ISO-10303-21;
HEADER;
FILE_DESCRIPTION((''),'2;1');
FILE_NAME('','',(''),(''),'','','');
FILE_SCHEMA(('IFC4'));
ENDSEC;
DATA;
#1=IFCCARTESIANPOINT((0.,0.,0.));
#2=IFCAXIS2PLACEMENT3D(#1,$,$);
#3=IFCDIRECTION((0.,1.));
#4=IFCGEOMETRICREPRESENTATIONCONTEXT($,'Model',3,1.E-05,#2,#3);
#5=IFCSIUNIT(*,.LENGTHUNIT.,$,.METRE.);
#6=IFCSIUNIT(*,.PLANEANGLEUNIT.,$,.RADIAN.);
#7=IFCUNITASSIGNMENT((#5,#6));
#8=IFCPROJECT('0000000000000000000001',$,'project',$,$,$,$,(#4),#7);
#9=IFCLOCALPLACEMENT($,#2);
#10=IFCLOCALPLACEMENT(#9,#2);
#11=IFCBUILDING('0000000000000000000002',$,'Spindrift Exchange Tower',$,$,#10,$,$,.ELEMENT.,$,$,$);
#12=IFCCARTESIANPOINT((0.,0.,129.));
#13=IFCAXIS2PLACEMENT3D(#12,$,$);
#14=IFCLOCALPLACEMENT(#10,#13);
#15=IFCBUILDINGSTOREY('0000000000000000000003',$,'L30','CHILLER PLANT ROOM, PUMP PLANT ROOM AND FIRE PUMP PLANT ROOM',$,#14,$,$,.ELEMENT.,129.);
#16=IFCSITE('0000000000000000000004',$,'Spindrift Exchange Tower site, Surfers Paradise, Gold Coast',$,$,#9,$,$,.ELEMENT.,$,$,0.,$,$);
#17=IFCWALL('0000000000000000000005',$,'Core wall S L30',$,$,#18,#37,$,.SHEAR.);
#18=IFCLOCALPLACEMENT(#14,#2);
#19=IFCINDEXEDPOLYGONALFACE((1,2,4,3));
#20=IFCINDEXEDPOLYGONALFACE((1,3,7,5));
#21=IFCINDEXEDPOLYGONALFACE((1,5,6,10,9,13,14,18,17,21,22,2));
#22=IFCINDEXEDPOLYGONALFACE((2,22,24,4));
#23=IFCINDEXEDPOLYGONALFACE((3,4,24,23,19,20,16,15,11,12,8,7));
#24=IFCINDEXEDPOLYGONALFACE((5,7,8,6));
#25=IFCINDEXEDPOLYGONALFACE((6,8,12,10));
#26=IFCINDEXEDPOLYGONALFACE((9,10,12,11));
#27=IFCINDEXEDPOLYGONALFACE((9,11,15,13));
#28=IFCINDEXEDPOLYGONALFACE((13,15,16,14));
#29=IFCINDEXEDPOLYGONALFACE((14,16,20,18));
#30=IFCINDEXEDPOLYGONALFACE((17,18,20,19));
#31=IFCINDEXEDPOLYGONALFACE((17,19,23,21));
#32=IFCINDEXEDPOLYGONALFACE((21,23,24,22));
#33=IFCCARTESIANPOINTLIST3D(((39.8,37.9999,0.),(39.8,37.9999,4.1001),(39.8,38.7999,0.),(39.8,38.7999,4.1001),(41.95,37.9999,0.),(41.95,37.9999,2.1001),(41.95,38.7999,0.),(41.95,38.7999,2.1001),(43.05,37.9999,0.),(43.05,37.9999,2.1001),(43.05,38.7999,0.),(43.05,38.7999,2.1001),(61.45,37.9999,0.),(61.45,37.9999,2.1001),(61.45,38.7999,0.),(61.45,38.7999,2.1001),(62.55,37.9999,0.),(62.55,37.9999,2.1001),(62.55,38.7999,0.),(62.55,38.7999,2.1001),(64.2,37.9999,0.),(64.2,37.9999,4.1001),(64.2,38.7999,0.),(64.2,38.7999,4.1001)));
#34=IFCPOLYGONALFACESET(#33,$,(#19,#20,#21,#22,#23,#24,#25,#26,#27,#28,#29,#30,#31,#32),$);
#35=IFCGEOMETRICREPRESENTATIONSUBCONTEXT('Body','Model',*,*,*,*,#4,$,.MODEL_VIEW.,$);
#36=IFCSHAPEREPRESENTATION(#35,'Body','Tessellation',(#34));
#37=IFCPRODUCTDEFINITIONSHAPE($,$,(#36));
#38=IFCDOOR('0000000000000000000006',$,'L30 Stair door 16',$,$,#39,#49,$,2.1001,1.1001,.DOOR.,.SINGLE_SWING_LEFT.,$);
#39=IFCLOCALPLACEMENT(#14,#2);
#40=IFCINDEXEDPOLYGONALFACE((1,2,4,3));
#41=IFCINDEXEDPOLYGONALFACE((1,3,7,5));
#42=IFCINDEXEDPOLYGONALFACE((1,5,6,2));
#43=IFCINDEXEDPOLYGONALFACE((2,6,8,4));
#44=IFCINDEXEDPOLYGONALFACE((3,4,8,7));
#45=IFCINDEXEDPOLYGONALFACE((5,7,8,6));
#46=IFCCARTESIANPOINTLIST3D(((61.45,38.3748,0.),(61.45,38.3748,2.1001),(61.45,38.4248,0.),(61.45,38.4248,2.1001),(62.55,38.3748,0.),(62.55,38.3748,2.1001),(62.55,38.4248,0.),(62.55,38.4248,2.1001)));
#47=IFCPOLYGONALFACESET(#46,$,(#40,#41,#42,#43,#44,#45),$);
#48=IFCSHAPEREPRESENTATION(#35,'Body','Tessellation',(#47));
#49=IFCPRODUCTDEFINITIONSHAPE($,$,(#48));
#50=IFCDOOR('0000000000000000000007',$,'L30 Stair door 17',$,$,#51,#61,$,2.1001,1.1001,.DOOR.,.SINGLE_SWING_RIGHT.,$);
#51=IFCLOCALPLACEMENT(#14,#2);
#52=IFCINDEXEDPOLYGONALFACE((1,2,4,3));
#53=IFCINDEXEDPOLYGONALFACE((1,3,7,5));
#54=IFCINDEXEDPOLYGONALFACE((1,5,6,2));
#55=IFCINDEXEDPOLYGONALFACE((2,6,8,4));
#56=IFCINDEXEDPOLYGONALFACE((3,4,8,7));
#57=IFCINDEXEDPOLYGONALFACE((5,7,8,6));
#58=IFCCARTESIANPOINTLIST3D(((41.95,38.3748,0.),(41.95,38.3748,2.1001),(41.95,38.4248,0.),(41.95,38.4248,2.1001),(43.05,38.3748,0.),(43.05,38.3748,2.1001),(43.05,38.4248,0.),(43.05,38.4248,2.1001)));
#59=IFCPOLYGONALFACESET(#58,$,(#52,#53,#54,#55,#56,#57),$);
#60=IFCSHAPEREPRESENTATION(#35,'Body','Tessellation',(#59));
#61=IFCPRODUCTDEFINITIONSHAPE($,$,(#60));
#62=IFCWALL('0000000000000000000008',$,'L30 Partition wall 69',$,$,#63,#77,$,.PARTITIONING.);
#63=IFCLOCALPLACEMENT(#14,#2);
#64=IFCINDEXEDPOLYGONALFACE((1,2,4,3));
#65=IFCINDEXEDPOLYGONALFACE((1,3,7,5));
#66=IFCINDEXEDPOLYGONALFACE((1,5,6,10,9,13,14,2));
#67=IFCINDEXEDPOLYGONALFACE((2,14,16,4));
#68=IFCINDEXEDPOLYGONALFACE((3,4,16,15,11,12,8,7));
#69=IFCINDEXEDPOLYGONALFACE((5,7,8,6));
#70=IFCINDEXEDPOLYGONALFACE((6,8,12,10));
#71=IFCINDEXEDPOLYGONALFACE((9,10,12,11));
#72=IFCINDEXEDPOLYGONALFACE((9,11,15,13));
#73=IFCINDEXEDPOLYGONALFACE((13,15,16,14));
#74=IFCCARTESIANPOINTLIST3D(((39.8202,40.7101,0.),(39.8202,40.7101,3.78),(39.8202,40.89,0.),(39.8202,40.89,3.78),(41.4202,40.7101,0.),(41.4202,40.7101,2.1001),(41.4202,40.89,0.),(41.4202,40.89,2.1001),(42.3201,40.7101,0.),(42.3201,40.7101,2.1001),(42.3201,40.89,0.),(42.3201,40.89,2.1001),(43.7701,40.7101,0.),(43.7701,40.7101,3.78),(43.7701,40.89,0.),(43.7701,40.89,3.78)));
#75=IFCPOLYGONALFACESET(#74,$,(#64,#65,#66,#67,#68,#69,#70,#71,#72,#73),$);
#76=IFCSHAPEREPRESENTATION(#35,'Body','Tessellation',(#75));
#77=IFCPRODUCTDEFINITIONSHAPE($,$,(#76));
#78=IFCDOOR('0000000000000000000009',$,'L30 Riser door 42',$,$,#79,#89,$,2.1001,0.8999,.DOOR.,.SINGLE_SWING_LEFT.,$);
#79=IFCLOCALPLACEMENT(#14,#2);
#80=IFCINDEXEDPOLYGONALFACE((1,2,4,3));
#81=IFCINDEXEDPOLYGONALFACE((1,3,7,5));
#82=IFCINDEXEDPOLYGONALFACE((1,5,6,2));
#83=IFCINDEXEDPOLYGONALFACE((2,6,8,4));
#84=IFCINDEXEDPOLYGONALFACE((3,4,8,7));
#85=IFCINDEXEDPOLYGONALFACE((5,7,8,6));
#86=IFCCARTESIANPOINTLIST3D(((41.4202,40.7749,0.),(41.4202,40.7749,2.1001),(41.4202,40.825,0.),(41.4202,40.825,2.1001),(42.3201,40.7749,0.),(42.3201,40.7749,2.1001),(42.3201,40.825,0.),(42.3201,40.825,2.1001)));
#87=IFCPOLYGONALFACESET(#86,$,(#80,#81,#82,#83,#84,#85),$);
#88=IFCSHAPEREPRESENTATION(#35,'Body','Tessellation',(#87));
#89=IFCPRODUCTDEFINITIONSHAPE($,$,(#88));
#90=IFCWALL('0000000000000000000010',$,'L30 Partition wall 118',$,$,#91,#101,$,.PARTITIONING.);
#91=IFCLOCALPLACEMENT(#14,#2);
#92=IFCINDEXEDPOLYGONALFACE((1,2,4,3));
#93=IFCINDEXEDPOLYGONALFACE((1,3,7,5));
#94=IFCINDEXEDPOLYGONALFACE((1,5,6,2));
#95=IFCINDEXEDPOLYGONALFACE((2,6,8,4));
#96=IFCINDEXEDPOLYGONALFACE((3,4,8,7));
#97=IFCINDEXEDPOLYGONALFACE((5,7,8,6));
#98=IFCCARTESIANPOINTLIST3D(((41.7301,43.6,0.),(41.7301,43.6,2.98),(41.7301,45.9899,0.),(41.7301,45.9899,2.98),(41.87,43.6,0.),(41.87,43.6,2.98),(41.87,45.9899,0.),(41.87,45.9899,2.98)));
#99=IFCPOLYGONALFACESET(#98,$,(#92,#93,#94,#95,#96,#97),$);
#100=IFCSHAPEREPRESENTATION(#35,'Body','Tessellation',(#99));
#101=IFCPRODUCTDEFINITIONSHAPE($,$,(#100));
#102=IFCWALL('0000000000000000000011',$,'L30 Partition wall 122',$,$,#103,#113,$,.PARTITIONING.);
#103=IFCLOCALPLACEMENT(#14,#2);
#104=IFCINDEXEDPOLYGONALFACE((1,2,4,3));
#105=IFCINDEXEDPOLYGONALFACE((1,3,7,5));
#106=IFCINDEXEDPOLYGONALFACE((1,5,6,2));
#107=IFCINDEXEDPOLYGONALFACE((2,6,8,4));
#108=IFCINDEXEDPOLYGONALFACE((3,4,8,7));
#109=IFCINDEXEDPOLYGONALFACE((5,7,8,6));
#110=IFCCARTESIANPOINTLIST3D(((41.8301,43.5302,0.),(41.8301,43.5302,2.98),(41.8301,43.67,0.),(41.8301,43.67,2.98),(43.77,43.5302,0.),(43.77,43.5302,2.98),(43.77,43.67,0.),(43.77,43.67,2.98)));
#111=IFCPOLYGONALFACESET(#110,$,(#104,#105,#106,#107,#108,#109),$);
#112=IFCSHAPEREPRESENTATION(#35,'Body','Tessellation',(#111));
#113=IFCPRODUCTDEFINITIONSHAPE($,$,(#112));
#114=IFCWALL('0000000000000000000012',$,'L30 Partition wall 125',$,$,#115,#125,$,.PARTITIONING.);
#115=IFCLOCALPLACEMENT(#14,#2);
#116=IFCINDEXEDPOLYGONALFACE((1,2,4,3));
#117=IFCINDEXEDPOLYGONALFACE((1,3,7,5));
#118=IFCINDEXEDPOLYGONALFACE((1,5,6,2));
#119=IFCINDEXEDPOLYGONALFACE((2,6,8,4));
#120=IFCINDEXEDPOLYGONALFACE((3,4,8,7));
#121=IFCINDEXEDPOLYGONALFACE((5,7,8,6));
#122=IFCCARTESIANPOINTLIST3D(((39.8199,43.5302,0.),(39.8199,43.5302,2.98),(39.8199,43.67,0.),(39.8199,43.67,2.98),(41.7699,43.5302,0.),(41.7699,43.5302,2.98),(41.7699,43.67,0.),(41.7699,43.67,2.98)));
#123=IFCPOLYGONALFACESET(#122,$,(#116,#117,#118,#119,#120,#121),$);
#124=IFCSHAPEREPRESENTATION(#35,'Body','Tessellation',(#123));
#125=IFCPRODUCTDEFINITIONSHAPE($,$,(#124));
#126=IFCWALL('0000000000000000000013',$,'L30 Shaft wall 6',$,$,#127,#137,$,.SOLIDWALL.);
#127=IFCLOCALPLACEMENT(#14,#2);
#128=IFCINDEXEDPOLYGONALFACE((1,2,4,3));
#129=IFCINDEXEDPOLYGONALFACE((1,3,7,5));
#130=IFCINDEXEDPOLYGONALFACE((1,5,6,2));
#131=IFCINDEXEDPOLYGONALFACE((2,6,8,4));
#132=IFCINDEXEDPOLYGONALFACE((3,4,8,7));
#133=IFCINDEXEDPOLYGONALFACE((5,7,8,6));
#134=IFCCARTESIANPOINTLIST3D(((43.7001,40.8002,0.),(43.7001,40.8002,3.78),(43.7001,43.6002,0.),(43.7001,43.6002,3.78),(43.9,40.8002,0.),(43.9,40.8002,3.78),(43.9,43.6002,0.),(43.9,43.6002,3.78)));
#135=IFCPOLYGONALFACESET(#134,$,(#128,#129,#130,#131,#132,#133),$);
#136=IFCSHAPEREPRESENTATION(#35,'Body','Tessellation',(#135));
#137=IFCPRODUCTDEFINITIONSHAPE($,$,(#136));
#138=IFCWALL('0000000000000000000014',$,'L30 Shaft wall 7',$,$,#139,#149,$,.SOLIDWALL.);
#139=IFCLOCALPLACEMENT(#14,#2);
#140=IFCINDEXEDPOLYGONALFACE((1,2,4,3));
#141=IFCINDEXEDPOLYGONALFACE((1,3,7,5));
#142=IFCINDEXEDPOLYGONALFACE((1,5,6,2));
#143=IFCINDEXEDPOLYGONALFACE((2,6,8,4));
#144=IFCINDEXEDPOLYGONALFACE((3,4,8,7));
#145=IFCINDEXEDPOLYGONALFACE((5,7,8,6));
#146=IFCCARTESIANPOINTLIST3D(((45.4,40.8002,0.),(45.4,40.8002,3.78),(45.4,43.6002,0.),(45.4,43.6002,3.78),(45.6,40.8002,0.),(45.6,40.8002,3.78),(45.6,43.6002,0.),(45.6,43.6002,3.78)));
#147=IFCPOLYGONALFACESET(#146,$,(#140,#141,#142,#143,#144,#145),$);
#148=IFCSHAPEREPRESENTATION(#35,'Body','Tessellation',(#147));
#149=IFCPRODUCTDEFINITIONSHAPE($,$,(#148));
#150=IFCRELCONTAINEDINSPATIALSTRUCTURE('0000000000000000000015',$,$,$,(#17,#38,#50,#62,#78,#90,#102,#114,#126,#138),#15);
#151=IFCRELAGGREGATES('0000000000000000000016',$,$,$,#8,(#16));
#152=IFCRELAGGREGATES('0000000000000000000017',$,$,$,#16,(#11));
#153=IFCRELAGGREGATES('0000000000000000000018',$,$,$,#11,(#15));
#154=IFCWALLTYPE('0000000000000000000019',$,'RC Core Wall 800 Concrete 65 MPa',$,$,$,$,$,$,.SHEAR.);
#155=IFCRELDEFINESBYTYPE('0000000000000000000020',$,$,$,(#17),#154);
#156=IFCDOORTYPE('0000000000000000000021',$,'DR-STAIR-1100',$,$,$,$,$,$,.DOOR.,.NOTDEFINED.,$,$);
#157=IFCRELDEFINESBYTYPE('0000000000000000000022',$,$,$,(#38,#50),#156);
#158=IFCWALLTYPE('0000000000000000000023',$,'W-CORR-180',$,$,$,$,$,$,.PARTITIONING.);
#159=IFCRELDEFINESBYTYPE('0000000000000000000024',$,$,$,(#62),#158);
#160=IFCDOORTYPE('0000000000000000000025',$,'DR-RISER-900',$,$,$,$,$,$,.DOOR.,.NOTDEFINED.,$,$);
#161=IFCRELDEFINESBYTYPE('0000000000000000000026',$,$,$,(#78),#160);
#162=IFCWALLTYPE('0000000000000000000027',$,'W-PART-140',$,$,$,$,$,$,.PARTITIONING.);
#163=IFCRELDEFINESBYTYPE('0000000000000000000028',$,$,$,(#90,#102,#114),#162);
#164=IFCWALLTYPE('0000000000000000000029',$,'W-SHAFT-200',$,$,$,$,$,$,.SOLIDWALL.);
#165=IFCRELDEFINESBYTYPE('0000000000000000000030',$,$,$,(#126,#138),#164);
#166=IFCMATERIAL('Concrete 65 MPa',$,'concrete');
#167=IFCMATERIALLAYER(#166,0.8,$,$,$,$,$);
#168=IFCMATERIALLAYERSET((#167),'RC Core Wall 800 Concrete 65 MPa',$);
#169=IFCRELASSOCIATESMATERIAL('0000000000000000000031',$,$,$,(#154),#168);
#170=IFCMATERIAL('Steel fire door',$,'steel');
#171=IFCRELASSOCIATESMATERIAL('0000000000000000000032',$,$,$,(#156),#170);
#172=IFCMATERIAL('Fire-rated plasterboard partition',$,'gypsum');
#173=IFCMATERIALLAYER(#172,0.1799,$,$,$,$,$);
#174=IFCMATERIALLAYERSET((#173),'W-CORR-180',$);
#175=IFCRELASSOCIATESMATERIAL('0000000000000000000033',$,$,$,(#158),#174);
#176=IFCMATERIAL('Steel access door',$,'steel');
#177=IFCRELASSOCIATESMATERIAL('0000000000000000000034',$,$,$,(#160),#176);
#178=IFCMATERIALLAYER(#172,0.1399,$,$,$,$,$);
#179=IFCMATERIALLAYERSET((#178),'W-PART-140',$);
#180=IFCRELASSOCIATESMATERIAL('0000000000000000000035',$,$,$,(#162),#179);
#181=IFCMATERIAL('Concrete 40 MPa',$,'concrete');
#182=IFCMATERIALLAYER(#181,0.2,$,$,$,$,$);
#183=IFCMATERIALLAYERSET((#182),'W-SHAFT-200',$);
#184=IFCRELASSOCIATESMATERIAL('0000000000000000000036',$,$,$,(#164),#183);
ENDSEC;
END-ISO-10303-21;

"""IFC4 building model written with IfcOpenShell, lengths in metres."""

from ifc_helpers import new_model, si_unit, direction, frame, frame_2d, origin, place, context, subcontext, project, spatial, rectangle, extrude, source, transform, mapped, material, layer, layer_set, type_object, element, fill, save


model = new_model("IFC4")

# Units and contexts
model_context = context("Model", 3, precision=1e-05, world=origin(), true_north=direction((0.0, 1.0)))
body_context = subcontext(model_context, "Body", "Model", "MODEL_VIEW")
ifc_project = project(units=[si_unit("LENGTHUNIT", "METRE"), si_unit("PLANEANGLEUNIT", "RADIAN")], contexts=[model_context])

# Site, building, storey
site_placement = place(None, origin())
site = spatial("IfcSite", under=ifc_project, at=site_placement, Name="Spindrift Exchange Tower site, Surfers Paradise, Gold Coast", CompositionType="ELEMENT", RefElevation=0.0)
building_placement = place(site_placement, origin())
building = spatial("IfcBuilding", under=site, at=building_placement, Name="Spindrift Exchange Tower", CompositionType="ELEMENT")
storey_placement = place(building_placement, frame((0.0, 0.0, 129.0)))
storey = spatial("IfcBuildingStorey", under=building, at=storey_placement, Name="L30", Description="CHILLER PLANT ROOM, PUMP PLANT ROOM AND FIRE PUMP PLANT ROOM", CompositionType="ELEMENT", Elevation=129.0)

# Wall, openings, doors
ifc_material_1 = material(Name="Concrete 65 MPa", Category="concrete")
ifc_layer_1 = layer(ifc_material_1, 0.8)
ifc_layer_set_1 = layer_set([ifc_layer_1], Name="RC Core Wall 800 Concrete 65 MPa")
wall_type_1 = type_object("IfcWallType", Name="RC Core Wall 800 Concrete 65 MPa", PredefinedType="SHEAR", material=ifc_layer_set_1)
wall_1_placement = place(storey_placement, frame((39.8, 38.3999, 0.0), z_axis=(0.0, 0.0, 1.0), x_axis=(1.0, 0.0, 0.0)))
wall_1 = element("IfcWall", 1, at=wall_1_placement, inside=storey, type_object=wall_type_1, Name="Core wall S L30", PredefinedType="SHEAR", context=body_context, shape_type="SweptSolid", body=[
    extrude(rectangle(XDim=24.3999, YDim=0.8, at=frame_2d((12.2, 0.0))), origin(), (0.0, 0.0, 1.0), 4.1001),
])
opening_1_placement = place(wall_1_placement, frame((21.6499, 0.0, 0.0)))
opening_1 = element("IfcOpeningElement", 2, at=opening_1_placement, cuts=wall_1, PredefinedType="OPENING", context=body_context, shape_type="SweptSolid", body=[
    extrude(rectangle(XDim=1.1001, YDim=2.1001, at=frame_2d((0.55, 1.05))), frame((0.0, 0.4099, 0.0), z_axis=(0.0, -1.0, 0.0), x_axis=(1.0, 0.0, 0.0)), (0.0, 0.0, 1.0), 0.8201),
])
opening_2_placement = place(wall_1_placement, frame((2.1499, 0.0, 0.0)))
opening_2 = element("IfcOpeningElement", 3, at=opening_2_placement, cuts=wall_1, PredefinedType="OPENING", context=body_context, shape_type="SweptSolid", body=[
    extrude(rectangle(XDim=1.1001, YDim=2.1001, at=frame_2d((0.55, 1.05))), frame((0.0, 0.4099, 0.0), z_axis=(0.0, -1.0, 0.0), x_axis=(1.0, 0.0, 0.0)), (0.0, 0.0, 1.0), 0.8201),
])
ifc_material_2 = material(Name="Steel fire door", Category="steel")
door_type_1 = type_object("IfcDoorType", Name="DR-STAIR-1100", OperationType="NOTDEFINED", PredefinedType="DOOR", material=ifc_material_2)
shared_shape_1 = source(origin(), body_context, "Body", "SweptSolid", [
    extrude(rectangle(XDim=1.1001, YDim=2.1001, at=frame_2d((0.55, 1.05))), frame((0.0, 0.0249, 0.0), z_axis=(0.0, -1.0, 0.0), x_axis=(1.0, 0.0, 0.0)), (0.0, 0.0, 1.0), 0.05),
])
door_1_placement = place(opening_1_placement, origin())
door_1 = element("IfcDoor", 4, at=door_1_placement, inside=storey, type_object=door_type_1, Name="L30 Stair door 16", OperationType="SINGLE_SWING_LEFT", OverallHeight=2.1001, OverallWidth=1.1001, PredefinedType="DOOR", context=body_context, shape_type="MappedRepresentation", body=[
    mapped(shared_shape_1, transform((0.0, 0.0, 0.0), scale=1.0)),
])
fill(opening_1, door_1)
door_2_placement = place(opening_2_placement, origin())
door_2 = element("IfcDoor", 5, at=door_2_placement, inside=storey, type_object=door_type_1, Name="L30 Stair door 17", OperationType="SINGLE_SWING_RIGHT", OverallHeight=2.1001, OverallWidth=1.1001, PredefinedType="DOOR", context=body_context, shape_type="MappedRepresentation", body=[
    mapped(shared_shape_1, transform((0.0, 0.0, 0.0), scale=1.0)),
])
fill(opening_2, door_2)

# Wall, opening, door
ifc_material_3 = material(Name="Fire-rated plasterboard partition", Category="gypsum")
ifc_layer_2 = layer(ifc_material_3, 0.1799)
ifc_layer_set_2 = layer_set([ifc_layer_2], Name="W-CORR-180")
wall_type_2 = type_object("IfcWallType", Name="W-CORR-180", PredefinedType="PARTITIONING", material=ifc_layer_set_2)
wall_2_placement = place(storey_placement, frame((39.8201, 40.8, 0.0), z_axis=(0.0, 0.0, 1.0), x_axis=(1.0, 0.0, 0.0)))
wall_2 = element("IfcWall", 6, at=wall_2_placement, inside=storey, type_object=wall_type_2, Name="L30 Partition wall 69", PredefinedType="PARTITIONING", context=body_context, shape_type="SweptSolid", body=[
    extrude(rectangle(XDim=3.95, YDim=0.1799, at=frame_2d((1.9751, 0.0))), origin(), (0.0, 0.0, 1.0), 3.78),
])
opening_3_placement = place(wall_2_placement, frame((1.6001, 0.0, 0.0)))
opening_3 = element("IfcOpeningElement", 7, at=opening_3_placement, cuts=wall_2, PredefinedType="OPENING", context=body_context, shape_type="SweptSolid", body=[
    extrude(rectangle(XDim=0.8999, YDim=2.1001, at=frame_2d((0.45, 1.05))), frame((0.0, 0.0999, 0.0), z_axis=(0.0, -1.0, 0.0), x_axis=(1.0, 0.0, 0.0)), (0.0, 0.0, 1.0), 0.2),
])
ifc_material_4 = material(Name="Steel access door", Category="steel")
door_type_2 = type_object("IfcDoorType", Name="DR-RISER-900", OperationType="NOTDEFINED", PredefinedType="DOOR", material=ifc_material_4)
shared_shape_2 = source(origin(), body_context, "Body", "SweptSolid", [
    extrude(rectangle(XDim=0.8999, YDim=2.1001, at=frame_2d((0.45, 1.05))), frame((0.0, 0.0249, 0.0), z_axis=(0.0, -1.0, 0.0), x_axis=(1.0, 0.0, 0.0)), (0.0, 0.0, 1.0), 0.05),
])
door_3_placement = place(opening_3_placement, origin())
door_3 = element("IfcDoor", 8, at=door_3_placement, inside=storey, type_object=door_type_2, Name="L30 Riser door 42", OperationType="SINGLE_SWING_LEFT", OverallHeight=2.1001, OverallWidth=0.8999, PredefinedType="DOOR", context=body_context, shape_type="MappedRepresentation", body=[
    mapped(shared_shape_2, transform((0.0, 0.0, 0.0), scale=1.0)),
])
fill(opening_3, door_3)

# Walls
ifc_layer_3 = layer(ifc_material_3, 0.1399)
ifc_layer_set_3 = layer_set([ifc_layer_3], Name="W-PART-140")
wall_type_3 = type_object("IfcWallType", Name="W-PART-140", PredefinedType="PARTITIONING", material=ifc_layer_set_3)
wall_3_placement = place(storey_placement, frame((41.8, 43.6001, 0.0), z_axis=(0.0, 0.0, 1.0), x_axis=(0.0, 1.0, 0.0)))
element("IfcWall", 9, at=wall_3_placement, inside=storey, type_object=wall_type_3, Name="L30 Partition wall 118", PredefinedType="PARTITIONING", context=body_context, shape_type="SweptSolid", body=[
    extrude(rectangle(XDim=2.3899, YDim=0.1399, at=frame_2d((1.1948, 0.0))), origin(), (0.0, 0.0, 1.0), 2.98),
])
wall_4_placement = place(storey_placement, frame((43.77, 43.6001, 0.0), z_axis=(0.0, 0.0, 1.0), x_axis=(-1.0, 0.0, 0.0)))
element("IfcWall", 10, at=wall_4_placement, inside=storey, type_object=wall_type_3, Name="L30 Partition wall 122", PredefinedType="PARTITIONING", context=body_context, shape_type="SweptSolid", body=[
    extrude(rectangle(XDim=1.9399, YDim=0.1399, at=frame_2d((0.97, 0.0))), origin(), (0.0, 0.0, 1.0), 2.98),
])
wall_5_placement = place(storey_placement, frame((41.77, 43.6001, 0.0), z_axis=(0.0, 0.0, 1.0), x_axis=(-1.0, 0.0, 0.0)))
element("IfcWall", 11, at=wall_5_placement, inside=storey, type_object=wall_type_3, Name="L30 Partition wall 125", PredefinedType="PARTITIONING", context=body_context, shape_type="SweptSolid", body=[
    extrude(rectangle(XDim=1.95, YDim=0.1399, at=frame_2d((0.9751, 0.0))), origin(), (0.0, 0.0, 1.0), 2.98),
])
ifc_material_5 = material(Name="Concrete 40 MPa", Category="concrete")
ifc_layer_4 = layer(ifc_material_5, 0.2)
ifc_layer_set_4 = layer_set([ifc_layer_4], Name="W-SHAFT-200")
wall_type_4 = type_object("IfcWallType", Name="W-SHAFT-200", PredefinedType="SOLIDWALL", material=ifc_layer_set_4)
for number, where, z_axis, x_axis, name in (
    (12, (43.8, 43.6001, 0.0), (0.0, 0.0, 1.0), (0.0, -1.0, 0.0), "L30 Shaft wall 6"),
    (13, (45.5, 43.6001, 0.0), (0.0, 0.0, 1.0), (0.0, -1.0, 0.0), "L30 Shaft wall 7"),
):
    element("IfcWall", number, at=place(storey_placement, frame(where, z_axis=z_axis, x_axis=x_axis)), inside=storey, type_object=wall_type_4, Name=name, PredefinedType="SOLIDWALL", context=body_context, shape_type="SweptSolid", body=[
        extrude(rectangle(XDim=2.8, YDim=0.2, at=frame_2d((1.3999, 0.0))), origin(), (0.0, 0.0, 1.0), 3.78),
    ])

save(model, "model.ifc")
